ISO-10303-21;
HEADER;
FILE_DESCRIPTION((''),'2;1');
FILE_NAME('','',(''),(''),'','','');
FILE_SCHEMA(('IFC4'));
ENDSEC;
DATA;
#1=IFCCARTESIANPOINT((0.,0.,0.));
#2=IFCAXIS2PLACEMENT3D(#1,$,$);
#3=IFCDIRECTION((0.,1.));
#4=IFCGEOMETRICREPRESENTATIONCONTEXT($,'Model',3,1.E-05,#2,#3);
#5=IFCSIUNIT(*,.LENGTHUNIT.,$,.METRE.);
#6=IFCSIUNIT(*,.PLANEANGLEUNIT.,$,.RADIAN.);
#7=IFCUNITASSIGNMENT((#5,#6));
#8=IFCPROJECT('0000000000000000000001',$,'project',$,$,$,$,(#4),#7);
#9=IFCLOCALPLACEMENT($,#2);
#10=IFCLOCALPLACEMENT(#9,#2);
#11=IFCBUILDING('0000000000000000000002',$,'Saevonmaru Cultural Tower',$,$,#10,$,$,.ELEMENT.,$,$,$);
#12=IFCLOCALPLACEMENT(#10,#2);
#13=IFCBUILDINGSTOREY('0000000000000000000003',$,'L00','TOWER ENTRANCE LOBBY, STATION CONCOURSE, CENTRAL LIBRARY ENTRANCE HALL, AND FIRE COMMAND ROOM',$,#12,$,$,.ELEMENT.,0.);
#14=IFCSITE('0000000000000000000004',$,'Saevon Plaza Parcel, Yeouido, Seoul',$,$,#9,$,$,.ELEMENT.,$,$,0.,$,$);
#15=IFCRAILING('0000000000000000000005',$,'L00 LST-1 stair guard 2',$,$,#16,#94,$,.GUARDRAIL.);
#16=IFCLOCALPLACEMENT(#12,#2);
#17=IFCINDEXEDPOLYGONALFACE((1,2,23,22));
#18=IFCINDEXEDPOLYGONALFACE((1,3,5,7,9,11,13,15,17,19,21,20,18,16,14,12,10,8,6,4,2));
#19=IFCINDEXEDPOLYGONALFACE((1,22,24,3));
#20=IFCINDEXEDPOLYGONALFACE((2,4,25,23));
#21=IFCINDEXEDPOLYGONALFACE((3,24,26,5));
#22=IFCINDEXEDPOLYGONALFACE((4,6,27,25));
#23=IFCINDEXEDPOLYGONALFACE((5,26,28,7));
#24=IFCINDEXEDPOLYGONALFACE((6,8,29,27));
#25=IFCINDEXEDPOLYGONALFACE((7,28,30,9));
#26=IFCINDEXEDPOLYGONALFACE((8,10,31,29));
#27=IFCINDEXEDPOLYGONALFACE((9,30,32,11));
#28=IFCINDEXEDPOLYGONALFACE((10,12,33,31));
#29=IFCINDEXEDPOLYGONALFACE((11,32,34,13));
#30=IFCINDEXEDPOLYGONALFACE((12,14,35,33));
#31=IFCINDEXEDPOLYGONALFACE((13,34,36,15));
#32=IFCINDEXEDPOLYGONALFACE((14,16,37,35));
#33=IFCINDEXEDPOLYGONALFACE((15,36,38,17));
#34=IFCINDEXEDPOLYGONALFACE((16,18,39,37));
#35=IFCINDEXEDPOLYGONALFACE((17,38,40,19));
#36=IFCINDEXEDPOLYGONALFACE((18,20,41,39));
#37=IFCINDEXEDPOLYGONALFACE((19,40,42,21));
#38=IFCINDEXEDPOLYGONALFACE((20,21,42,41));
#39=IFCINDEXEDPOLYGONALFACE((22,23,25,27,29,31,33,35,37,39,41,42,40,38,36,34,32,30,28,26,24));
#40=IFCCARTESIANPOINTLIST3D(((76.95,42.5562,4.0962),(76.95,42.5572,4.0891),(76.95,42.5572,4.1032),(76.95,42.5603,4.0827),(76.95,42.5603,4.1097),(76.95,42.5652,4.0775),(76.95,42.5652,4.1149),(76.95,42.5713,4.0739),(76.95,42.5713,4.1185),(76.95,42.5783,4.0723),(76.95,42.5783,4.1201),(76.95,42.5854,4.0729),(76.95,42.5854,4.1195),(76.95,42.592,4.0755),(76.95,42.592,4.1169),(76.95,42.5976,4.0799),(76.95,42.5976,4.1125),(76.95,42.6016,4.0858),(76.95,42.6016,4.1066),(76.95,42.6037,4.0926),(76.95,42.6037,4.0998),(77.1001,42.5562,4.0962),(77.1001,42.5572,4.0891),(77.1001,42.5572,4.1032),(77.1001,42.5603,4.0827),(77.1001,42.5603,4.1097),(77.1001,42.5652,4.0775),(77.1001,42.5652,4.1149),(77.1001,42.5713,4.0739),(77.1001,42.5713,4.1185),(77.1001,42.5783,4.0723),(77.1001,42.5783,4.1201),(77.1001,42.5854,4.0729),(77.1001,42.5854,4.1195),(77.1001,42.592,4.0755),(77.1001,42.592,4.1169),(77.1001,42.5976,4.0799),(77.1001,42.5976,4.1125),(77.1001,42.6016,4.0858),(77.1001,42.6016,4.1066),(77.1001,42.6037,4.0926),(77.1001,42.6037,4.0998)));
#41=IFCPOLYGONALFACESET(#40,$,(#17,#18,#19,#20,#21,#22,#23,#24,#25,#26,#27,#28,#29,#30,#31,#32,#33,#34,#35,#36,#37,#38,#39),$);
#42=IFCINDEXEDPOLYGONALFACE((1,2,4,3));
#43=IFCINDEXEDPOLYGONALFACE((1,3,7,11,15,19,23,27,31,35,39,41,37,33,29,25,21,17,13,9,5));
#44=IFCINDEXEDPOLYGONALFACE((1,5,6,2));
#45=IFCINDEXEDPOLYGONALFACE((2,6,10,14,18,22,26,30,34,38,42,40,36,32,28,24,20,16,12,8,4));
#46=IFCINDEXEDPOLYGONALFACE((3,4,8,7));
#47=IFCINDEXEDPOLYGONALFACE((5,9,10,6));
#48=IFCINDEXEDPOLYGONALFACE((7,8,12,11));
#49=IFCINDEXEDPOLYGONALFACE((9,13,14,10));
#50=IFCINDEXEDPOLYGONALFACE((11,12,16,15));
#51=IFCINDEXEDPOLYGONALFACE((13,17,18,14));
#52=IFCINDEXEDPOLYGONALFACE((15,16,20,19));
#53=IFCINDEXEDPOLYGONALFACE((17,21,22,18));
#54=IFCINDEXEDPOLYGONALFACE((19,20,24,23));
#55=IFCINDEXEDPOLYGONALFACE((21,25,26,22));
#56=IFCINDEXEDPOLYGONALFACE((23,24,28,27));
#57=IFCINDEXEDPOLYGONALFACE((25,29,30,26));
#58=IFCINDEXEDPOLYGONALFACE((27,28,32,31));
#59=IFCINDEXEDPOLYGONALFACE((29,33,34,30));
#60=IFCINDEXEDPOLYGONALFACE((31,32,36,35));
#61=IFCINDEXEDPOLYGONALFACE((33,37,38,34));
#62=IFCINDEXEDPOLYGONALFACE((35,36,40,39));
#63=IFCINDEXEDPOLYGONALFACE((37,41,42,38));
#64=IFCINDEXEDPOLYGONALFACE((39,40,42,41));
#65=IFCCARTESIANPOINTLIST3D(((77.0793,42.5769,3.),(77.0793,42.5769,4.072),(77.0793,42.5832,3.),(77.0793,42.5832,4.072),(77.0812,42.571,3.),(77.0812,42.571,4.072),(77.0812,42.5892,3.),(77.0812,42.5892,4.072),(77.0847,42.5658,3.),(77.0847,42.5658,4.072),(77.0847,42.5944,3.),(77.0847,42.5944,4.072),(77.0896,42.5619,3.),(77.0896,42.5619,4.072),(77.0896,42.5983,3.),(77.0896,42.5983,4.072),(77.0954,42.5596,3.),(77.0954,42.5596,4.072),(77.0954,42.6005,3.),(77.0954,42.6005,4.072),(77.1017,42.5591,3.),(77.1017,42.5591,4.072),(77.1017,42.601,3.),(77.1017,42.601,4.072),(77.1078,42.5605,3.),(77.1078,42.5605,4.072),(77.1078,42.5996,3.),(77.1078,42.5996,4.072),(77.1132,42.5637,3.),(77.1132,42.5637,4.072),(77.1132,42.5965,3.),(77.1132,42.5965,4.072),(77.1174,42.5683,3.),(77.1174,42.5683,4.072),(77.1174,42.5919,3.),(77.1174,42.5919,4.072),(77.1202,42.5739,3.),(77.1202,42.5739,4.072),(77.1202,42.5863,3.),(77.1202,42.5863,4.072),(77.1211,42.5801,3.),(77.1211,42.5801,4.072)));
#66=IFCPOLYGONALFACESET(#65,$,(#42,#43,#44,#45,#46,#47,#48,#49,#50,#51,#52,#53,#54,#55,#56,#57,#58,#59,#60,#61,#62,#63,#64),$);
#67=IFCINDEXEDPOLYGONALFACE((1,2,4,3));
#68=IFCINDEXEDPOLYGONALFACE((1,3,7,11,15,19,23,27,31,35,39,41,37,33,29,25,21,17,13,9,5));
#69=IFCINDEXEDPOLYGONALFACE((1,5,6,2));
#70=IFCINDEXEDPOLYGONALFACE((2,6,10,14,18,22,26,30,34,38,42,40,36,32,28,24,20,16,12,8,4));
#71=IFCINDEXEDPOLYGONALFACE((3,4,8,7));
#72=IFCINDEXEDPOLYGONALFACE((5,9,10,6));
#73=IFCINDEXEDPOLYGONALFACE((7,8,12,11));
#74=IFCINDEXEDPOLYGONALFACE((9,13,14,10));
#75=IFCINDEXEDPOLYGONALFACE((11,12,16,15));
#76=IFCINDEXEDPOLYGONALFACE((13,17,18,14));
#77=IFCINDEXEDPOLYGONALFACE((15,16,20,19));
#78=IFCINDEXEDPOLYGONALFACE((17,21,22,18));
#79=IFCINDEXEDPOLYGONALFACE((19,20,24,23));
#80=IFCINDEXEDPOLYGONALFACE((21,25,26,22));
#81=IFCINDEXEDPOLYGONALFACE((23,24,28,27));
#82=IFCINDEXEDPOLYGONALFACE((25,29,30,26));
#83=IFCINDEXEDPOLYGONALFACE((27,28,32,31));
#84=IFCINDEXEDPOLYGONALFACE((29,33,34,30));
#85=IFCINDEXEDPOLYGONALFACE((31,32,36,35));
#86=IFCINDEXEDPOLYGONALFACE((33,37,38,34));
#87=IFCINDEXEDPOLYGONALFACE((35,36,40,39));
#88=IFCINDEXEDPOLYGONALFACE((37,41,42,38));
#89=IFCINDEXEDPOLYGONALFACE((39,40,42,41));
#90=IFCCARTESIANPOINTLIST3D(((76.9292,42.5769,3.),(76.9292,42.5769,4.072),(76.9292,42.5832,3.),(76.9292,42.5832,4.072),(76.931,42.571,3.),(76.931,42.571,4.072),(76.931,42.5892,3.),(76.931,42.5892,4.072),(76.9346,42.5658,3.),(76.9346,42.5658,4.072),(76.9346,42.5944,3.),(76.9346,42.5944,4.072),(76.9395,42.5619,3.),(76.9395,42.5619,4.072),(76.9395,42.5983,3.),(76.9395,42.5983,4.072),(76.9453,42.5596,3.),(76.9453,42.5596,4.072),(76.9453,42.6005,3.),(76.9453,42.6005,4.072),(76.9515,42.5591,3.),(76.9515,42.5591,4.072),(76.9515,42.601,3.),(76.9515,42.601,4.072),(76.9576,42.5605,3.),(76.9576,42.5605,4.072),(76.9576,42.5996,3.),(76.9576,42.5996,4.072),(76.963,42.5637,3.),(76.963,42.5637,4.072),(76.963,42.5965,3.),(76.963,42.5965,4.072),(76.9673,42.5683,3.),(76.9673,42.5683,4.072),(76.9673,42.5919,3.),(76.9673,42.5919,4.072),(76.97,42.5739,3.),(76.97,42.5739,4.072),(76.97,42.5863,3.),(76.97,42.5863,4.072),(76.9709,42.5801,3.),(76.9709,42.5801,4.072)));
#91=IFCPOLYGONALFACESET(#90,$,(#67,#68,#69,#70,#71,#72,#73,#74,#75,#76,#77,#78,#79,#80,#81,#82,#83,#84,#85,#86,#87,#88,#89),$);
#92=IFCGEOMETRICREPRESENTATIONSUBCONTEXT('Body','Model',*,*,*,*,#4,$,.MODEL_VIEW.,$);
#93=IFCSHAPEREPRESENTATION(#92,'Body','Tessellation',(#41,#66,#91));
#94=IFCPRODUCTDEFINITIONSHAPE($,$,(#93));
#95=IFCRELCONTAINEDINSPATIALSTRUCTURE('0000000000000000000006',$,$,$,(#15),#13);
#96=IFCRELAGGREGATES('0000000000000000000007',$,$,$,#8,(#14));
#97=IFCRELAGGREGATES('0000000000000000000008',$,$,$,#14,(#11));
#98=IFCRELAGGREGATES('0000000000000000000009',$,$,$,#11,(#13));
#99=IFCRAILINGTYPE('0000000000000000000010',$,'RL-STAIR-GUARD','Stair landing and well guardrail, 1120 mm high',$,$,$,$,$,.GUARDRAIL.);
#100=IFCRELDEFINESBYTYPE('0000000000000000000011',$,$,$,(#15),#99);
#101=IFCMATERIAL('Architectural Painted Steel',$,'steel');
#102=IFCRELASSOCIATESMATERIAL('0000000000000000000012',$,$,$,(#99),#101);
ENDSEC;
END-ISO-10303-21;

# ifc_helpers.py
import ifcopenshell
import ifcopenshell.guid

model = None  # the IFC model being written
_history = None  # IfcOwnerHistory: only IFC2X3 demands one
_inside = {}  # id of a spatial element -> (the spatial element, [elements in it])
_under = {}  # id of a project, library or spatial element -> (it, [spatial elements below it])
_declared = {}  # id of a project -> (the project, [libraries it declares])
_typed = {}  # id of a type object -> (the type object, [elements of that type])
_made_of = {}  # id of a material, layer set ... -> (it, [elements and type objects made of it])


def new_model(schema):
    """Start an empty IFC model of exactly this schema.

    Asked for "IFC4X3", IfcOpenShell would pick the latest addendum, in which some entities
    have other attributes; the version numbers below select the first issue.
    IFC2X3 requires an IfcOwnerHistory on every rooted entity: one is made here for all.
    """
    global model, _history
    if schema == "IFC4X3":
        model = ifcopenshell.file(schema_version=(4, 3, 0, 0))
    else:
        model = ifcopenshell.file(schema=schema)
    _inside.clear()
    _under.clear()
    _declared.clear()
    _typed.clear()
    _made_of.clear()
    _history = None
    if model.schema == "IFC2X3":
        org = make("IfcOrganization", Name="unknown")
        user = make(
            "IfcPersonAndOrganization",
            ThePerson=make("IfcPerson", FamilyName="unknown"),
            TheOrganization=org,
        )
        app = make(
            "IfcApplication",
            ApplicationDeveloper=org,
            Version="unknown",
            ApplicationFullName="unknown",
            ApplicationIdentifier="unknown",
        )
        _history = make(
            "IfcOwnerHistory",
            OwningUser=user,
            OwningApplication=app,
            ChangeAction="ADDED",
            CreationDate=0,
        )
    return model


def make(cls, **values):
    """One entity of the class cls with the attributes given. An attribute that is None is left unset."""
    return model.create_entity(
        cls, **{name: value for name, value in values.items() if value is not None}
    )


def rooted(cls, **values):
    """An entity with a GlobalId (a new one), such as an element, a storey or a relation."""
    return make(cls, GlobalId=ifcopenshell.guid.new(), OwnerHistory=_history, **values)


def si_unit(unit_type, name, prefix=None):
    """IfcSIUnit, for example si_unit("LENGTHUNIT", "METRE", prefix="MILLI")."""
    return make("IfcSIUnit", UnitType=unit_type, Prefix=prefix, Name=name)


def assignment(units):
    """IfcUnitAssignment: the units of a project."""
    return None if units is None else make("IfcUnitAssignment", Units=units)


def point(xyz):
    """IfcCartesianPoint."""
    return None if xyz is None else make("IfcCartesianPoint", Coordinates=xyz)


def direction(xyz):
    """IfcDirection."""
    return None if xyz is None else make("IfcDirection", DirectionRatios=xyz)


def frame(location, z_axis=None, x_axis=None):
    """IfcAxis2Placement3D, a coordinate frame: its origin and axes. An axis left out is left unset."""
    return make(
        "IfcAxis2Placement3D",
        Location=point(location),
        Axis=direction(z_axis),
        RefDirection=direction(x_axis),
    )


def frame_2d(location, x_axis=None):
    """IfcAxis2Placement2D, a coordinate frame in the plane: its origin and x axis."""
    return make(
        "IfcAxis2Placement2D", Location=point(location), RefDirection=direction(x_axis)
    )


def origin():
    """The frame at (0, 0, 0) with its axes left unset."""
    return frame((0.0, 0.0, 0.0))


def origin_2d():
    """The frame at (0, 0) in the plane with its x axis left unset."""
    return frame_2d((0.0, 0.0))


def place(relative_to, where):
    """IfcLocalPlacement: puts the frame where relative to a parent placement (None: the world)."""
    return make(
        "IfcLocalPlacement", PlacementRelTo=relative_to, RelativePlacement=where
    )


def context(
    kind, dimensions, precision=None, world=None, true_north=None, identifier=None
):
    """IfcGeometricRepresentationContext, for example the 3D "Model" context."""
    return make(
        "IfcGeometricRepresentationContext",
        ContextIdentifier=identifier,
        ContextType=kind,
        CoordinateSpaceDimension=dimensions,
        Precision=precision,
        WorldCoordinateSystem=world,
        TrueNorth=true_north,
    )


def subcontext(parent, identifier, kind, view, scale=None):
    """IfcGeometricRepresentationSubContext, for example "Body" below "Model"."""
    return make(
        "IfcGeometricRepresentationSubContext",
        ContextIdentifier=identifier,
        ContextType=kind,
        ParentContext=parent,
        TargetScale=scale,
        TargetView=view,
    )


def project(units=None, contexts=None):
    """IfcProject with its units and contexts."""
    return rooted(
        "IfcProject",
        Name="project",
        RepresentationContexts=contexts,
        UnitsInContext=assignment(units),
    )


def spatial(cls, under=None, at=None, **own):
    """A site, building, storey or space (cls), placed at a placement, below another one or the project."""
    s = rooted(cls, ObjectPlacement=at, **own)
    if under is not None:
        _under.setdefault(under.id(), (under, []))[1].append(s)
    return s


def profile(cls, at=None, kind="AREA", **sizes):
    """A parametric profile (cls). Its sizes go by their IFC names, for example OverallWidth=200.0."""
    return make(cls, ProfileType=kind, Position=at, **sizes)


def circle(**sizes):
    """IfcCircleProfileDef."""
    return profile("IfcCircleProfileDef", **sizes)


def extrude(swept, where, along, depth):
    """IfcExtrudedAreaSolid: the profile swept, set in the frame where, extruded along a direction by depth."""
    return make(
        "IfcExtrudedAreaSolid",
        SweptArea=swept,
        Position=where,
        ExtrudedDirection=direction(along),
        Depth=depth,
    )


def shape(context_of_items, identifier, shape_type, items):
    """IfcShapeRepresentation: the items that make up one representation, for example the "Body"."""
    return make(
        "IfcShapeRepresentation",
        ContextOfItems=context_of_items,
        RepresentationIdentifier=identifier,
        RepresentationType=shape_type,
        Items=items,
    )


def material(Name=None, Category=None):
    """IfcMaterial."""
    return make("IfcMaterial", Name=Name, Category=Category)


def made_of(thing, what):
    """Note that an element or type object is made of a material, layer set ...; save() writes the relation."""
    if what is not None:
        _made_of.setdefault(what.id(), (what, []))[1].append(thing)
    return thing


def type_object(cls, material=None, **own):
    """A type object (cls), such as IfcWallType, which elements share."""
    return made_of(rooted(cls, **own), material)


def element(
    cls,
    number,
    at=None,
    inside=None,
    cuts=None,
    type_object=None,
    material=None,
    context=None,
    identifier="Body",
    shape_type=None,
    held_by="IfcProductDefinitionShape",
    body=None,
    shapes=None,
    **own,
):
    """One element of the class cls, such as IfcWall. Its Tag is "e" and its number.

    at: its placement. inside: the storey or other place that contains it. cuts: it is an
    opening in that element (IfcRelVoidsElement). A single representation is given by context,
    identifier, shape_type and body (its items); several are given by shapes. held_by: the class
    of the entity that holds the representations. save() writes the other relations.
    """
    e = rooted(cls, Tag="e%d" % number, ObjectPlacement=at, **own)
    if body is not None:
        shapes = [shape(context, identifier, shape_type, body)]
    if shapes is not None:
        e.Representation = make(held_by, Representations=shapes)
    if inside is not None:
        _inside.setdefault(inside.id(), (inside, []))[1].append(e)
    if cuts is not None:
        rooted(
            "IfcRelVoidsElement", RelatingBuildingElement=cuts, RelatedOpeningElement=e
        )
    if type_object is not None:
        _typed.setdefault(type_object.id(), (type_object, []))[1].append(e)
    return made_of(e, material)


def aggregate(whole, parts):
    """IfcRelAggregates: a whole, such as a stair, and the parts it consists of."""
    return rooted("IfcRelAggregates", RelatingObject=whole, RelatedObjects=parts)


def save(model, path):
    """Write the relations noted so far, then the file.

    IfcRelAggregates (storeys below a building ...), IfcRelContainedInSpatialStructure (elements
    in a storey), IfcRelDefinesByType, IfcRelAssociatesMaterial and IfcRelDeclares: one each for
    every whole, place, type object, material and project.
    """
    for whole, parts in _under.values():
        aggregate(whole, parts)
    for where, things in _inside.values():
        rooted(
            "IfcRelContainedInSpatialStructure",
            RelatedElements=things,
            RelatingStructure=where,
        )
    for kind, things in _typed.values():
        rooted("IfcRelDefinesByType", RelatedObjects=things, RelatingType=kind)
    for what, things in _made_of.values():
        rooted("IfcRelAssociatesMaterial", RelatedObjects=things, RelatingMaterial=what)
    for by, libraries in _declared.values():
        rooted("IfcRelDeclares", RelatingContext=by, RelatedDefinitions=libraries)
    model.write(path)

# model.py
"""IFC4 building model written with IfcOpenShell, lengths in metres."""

from ifc_helpers import new_model, si_unit, direction, frame, origin, origin_2d, place, context, subcontext, project, spatial, circle, extrude, material, type_object, element, save


model = new_model("IFC4")

# Units and contexts
model_context = context("Model", 3, precision=1e-05, world=origin(), true_north=direction((0.0, 1.0)))
body_context = subcontext(model_context, "Body", "Model", "MODEL_VIEW")
ifc_project = project(units=[si_unit("LENGTHUNIT", "METRE"), si_unit("PLANEANGLEUNIT", "RADIAN")], contexts=[model_context])

# Site, building, storey
site_placement = place(None, origin())
site = spatial("IfcSite", under=ifc_project, at=site_placement, Name="Saevon Plaza Parcel, Yeouido, Seoul", CompositionType="ELEMENT", RefElevation=0.0)
building_placement = place(site_placement, origin())
building = spatial("IfcBuilding", under=site, at=building_placement, Name="Saevonmaru Cultural Tower", CompositionType="ELEMENT")
storey_placement = place(building_placement, origin())
storey = spatial("IfcBuildingStorey", under=building, at=storey_placement, Name="L00", Description="TOWER ENTRANCE LOBBY, STATION CONCOURSE, CENTRAL LIBRARY ENTRANCE HALL, AND FIRE COMMAND ROOM", CompositionType="ELEMENT", Elevation=0.0)

# Railing
ifc_material_1 = material(Name="Architectural Painted Steel", Category="steel")
railing_type_1 = type_object("IfcRailingType", Name="RL-STAIR-GUARD", Description="Stair landing and well guardrail, 1120 mm high", PredefinedType="GUARDRAIL", material=ifc_material_1)
railing_1_placement = place(storey_placement, frame((77.1001, 42.5801, 3.0)))
element("IfcRailing", 1, at=railing_1_placement, inside=storey, type_object=railing_type_1, Name="L00 LST-1 stair guard 2", PredefinedType="GUARDRAIL", context=body_context, shape_type="SweptSolid", body=[
    extrude(circle(Radius=0.0239, at=origin_2d()), frame((0.0, 0.0, 1.0962), z_axis=(-1.0, 0.0, 0.0), x_axis=(0.0, -1.0, 0.0)), (0.0, 0.0, 1.0), 0.1501),
    extrude(circle(Radius=0.021, at=origin_2d()), origin(), (0.0, 0.0, 1.0), 1.072),
    extrude(circle(Radius=0.021, at=origin_2d()), frame((-0.1501, 0.0, 0.0)), (0.0, 0.0, 1.0), 1.072),
])

save(model, "model.ifc")
